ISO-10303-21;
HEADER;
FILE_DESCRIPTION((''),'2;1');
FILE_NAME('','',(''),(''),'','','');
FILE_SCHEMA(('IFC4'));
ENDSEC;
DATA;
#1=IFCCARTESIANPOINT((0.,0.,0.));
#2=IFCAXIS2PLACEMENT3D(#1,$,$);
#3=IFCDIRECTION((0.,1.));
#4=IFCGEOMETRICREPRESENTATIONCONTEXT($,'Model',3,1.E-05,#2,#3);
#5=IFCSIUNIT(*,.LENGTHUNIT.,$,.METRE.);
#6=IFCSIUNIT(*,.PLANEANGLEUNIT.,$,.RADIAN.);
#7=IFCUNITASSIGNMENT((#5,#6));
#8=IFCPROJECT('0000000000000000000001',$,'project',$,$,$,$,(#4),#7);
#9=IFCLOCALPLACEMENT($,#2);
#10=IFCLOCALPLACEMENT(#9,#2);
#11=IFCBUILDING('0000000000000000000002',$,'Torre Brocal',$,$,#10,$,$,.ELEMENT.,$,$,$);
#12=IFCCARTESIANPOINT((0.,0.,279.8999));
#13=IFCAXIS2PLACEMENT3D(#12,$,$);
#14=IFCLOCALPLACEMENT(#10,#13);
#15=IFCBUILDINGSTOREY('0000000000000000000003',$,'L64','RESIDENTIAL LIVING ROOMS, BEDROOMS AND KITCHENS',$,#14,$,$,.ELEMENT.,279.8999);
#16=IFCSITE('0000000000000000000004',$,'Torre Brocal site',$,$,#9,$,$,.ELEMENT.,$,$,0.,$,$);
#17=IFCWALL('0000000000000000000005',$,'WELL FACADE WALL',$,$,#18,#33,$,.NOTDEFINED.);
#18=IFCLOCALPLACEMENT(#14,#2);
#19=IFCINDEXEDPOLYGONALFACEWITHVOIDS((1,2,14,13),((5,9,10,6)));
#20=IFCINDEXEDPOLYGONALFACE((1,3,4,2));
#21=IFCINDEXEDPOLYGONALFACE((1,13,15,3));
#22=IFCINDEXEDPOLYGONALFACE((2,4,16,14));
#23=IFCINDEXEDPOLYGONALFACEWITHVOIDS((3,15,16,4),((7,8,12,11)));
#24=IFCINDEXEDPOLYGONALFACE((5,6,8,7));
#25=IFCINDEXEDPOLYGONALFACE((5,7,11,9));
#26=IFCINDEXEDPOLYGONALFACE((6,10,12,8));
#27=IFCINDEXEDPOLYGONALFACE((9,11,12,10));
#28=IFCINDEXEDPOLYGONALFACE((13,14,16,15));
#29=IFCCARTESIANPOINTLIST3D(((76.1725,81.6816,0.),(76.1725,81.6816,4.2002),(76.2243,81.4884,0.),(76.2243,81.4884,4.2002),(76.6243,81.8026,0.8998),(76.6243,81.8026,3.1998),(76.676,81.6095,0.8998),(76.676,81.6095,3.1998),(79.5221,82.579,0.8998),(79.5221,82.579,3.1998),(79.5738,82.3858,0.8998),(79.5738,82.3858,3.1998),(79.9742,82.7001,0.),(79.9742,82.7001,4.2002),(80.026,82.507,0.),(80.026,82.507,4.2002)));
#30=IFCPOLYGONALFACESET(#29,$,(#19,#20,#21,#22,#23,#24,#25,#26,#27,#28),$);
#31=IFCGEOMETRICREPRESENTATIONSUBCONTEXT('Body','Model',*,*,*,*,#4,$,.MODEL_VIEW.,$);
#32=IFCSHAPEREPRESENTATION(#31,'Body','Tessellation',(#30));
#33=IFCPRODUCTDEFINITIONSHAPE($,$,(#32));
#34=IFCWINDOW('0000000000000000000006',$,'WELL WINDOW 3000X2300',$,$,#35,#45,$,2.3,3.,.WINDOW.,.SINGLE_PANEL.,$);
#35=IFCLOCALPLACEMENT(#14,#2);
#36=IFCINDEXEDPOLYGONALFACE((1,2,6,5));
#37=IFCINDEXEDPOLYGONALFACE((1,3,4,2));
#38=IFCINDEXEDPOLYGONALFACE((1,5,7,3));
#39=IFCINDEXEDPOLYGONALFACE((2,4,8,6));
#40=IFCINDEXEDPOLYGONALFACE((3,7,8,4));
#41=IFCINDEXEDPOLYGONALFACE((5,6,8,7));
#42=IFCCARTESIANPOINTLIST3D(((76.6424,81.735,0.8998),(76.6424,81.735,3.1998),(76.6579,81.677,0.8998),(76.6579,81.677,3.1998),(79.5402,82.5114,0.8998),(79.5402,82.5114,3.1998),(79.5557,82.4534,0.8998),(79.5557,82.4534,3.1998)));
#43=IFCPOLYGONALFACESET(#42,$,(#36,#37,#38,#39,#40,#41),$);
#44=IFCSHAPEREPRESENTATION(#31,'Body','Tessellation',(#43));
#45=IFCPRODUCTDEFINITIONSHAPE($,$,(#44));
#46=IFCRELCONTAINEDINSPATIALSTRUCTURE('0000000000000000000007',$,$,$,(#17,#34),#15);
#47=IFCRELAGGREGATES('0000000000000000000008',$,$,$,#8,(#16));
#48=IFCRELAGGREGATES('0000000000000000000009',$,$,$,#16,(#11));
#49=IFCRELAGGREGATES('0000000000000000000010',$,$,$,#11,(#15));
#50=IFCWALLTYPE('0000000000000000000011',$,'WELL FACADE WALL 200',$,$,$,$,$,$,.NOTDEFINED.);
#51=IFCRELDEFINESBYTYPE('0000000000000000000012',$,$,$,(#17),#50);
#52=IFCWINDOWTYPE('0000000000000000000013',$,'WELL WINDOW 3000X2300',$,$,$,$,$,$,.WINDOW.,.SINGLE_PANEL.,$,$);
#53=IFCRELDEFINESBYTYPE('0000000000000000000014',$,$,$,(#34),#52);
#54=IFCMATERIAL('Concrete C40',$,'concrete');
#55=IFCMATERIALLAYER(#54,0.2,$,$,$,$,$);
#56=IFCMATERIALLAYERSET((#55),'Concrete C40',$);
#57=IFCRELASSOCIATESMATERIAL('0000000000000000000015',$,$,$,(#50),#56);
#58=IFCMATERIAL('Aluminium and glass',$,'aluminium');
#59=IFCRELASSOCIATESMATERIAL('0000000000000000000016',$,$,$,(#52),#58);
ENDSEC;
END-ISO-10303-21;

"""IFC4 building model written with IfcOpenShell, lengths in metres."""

from ifc_helpers import new_model, si_unit, direction, frame, frame_2d, origin, place, context, subcontext, project, spatial, rectangle, extrude, material, layer, layer_set, type_object, element, fill, save


model = new_model("IFC4")

# Units and contexts
model_context = context("Model", 3, precision=1e-05, world=origin(), true_north=direction((0.0, 1.0)))
body_context = subcontext(model_context, "Body", "Model", "MODEL_VIEW")
ifc_project = project(units=[si_unit("LENGTHUNIT", "METRE"), si_unit("PLANEANGLEUNIT", "RADIAN")], contexts=[model_context])

# Site, building, storey
site_placement = place(None, origin())
site = spatial("IfcSite", under=ifc_project, at=site_placement, Name="Torre Brocal site", CompositionType="ELEMENT", RefElevation=0.0)
building_placement = place(site_placement, origin())
building = spatial("IfcBuilding", under=site, at=building_placement, Name="Torre Brocal", CompositionType="ELEMENT")
storey_placement = place(building_placement, frame((0.0, 0.0, 279.8999)))
storey = spatial("IfcBuildingStorey", under=building, at=storey_placement, Name="L64", Description="RESIDENTIAL LIVING ROOMS, BEDROOMS AND KITCHENS", CompositionType="ELEMENT", Elevation=279.8999)

# Wall, opening, window
ifc_material_1 = material(Name="Concrete C40", Category="concrete")
ifc_layer_1 = layer(ifc_material_1, 0.2)
ifc_layer_set_1 = layer_set([ifc_layer_1], Name="Concrete C40")
wall_type_1 = type_object("IfcWallType", Name="WELL FACADE WALL 200", PredefinedType="NOTDEFINED", material=ifc_layer_set_1)
wall_1_placement = place(storey_placement, frame((80.0, 82.6035, 0.0), z_axis=(0.0, 0.0, 1.0), x_axis=(-0.965934, -0.25879, 0.0)))
wall_1 = element("IfcWall", 1, at=wall_1_placement, inside=storey, type_object=wall_type_1, Name="WELL FACADE WALL", PredefinedType="NOTDEFINED", context=body_context, shape_type="SweptSolid", body=[
    extrude(rectangle(XDim=3.9358, YDim=0.2, at=frame_2d((1.9678, 0.0))), origin(), (0.0, 0.0, 1.0), 4.2002),
])
opening_1_placement = place(wall_1_placement, frame((0.468, 0.0, 0.8999)))
opening_1 = element("IfcOpeningElement", 2, at=opening_1_placement, cuts=wall_1, PredefinedType="OPENING", context=body_context, shape_type="SweptSolid", body=[
    extrude(rectangle(XDim=3.0, YDim=2.3, at=frame_2d((1.5, 1.1499))), frame((0.0, 0.1099, 0.0), z_axis=(0.0, -1.0, 0.0), x_axis=(1.0, 0.0, 0.0)), (0.0, 0.0, 1.0), 0.22),
])
ifc_material_2 = material(Name="Aluminium and glass", Category="aluminium")
window_type = type_object("IfcWindowType", Name="WELL WINDOW 3000X2300", PartitioningType="SINGLE_PANEL", PredefinedType="WINDOW", material=ifc_material_2)
window_placement = place(opening_1_placement, origin())
window = element("IfcWindow", 3, at=window_placement, inside=storey, type_object=window_type, Name="WELL WINDOW 3000X2300", OverallHeight=2.3, OverallWidth=3.0, PartitioningType="SINGLE_PANEL", PredefinedType="WINDOW", context=body_context, shape_type="SweptSolid", body=[
    extrude(rectangle(XDim=3.0, YDim=2.3, at=frame_2d((1.5, 1.1499))), frame((0.0, 0.03, 0.0), z_axis=(0.0, -1.0, 0.0), x_axis=(1.0, 0.0, 0.0)), (0.0, 0.0, 1.0), 0.0601),
])
fill(opening_1, window)

save(model, "model.ifc")
